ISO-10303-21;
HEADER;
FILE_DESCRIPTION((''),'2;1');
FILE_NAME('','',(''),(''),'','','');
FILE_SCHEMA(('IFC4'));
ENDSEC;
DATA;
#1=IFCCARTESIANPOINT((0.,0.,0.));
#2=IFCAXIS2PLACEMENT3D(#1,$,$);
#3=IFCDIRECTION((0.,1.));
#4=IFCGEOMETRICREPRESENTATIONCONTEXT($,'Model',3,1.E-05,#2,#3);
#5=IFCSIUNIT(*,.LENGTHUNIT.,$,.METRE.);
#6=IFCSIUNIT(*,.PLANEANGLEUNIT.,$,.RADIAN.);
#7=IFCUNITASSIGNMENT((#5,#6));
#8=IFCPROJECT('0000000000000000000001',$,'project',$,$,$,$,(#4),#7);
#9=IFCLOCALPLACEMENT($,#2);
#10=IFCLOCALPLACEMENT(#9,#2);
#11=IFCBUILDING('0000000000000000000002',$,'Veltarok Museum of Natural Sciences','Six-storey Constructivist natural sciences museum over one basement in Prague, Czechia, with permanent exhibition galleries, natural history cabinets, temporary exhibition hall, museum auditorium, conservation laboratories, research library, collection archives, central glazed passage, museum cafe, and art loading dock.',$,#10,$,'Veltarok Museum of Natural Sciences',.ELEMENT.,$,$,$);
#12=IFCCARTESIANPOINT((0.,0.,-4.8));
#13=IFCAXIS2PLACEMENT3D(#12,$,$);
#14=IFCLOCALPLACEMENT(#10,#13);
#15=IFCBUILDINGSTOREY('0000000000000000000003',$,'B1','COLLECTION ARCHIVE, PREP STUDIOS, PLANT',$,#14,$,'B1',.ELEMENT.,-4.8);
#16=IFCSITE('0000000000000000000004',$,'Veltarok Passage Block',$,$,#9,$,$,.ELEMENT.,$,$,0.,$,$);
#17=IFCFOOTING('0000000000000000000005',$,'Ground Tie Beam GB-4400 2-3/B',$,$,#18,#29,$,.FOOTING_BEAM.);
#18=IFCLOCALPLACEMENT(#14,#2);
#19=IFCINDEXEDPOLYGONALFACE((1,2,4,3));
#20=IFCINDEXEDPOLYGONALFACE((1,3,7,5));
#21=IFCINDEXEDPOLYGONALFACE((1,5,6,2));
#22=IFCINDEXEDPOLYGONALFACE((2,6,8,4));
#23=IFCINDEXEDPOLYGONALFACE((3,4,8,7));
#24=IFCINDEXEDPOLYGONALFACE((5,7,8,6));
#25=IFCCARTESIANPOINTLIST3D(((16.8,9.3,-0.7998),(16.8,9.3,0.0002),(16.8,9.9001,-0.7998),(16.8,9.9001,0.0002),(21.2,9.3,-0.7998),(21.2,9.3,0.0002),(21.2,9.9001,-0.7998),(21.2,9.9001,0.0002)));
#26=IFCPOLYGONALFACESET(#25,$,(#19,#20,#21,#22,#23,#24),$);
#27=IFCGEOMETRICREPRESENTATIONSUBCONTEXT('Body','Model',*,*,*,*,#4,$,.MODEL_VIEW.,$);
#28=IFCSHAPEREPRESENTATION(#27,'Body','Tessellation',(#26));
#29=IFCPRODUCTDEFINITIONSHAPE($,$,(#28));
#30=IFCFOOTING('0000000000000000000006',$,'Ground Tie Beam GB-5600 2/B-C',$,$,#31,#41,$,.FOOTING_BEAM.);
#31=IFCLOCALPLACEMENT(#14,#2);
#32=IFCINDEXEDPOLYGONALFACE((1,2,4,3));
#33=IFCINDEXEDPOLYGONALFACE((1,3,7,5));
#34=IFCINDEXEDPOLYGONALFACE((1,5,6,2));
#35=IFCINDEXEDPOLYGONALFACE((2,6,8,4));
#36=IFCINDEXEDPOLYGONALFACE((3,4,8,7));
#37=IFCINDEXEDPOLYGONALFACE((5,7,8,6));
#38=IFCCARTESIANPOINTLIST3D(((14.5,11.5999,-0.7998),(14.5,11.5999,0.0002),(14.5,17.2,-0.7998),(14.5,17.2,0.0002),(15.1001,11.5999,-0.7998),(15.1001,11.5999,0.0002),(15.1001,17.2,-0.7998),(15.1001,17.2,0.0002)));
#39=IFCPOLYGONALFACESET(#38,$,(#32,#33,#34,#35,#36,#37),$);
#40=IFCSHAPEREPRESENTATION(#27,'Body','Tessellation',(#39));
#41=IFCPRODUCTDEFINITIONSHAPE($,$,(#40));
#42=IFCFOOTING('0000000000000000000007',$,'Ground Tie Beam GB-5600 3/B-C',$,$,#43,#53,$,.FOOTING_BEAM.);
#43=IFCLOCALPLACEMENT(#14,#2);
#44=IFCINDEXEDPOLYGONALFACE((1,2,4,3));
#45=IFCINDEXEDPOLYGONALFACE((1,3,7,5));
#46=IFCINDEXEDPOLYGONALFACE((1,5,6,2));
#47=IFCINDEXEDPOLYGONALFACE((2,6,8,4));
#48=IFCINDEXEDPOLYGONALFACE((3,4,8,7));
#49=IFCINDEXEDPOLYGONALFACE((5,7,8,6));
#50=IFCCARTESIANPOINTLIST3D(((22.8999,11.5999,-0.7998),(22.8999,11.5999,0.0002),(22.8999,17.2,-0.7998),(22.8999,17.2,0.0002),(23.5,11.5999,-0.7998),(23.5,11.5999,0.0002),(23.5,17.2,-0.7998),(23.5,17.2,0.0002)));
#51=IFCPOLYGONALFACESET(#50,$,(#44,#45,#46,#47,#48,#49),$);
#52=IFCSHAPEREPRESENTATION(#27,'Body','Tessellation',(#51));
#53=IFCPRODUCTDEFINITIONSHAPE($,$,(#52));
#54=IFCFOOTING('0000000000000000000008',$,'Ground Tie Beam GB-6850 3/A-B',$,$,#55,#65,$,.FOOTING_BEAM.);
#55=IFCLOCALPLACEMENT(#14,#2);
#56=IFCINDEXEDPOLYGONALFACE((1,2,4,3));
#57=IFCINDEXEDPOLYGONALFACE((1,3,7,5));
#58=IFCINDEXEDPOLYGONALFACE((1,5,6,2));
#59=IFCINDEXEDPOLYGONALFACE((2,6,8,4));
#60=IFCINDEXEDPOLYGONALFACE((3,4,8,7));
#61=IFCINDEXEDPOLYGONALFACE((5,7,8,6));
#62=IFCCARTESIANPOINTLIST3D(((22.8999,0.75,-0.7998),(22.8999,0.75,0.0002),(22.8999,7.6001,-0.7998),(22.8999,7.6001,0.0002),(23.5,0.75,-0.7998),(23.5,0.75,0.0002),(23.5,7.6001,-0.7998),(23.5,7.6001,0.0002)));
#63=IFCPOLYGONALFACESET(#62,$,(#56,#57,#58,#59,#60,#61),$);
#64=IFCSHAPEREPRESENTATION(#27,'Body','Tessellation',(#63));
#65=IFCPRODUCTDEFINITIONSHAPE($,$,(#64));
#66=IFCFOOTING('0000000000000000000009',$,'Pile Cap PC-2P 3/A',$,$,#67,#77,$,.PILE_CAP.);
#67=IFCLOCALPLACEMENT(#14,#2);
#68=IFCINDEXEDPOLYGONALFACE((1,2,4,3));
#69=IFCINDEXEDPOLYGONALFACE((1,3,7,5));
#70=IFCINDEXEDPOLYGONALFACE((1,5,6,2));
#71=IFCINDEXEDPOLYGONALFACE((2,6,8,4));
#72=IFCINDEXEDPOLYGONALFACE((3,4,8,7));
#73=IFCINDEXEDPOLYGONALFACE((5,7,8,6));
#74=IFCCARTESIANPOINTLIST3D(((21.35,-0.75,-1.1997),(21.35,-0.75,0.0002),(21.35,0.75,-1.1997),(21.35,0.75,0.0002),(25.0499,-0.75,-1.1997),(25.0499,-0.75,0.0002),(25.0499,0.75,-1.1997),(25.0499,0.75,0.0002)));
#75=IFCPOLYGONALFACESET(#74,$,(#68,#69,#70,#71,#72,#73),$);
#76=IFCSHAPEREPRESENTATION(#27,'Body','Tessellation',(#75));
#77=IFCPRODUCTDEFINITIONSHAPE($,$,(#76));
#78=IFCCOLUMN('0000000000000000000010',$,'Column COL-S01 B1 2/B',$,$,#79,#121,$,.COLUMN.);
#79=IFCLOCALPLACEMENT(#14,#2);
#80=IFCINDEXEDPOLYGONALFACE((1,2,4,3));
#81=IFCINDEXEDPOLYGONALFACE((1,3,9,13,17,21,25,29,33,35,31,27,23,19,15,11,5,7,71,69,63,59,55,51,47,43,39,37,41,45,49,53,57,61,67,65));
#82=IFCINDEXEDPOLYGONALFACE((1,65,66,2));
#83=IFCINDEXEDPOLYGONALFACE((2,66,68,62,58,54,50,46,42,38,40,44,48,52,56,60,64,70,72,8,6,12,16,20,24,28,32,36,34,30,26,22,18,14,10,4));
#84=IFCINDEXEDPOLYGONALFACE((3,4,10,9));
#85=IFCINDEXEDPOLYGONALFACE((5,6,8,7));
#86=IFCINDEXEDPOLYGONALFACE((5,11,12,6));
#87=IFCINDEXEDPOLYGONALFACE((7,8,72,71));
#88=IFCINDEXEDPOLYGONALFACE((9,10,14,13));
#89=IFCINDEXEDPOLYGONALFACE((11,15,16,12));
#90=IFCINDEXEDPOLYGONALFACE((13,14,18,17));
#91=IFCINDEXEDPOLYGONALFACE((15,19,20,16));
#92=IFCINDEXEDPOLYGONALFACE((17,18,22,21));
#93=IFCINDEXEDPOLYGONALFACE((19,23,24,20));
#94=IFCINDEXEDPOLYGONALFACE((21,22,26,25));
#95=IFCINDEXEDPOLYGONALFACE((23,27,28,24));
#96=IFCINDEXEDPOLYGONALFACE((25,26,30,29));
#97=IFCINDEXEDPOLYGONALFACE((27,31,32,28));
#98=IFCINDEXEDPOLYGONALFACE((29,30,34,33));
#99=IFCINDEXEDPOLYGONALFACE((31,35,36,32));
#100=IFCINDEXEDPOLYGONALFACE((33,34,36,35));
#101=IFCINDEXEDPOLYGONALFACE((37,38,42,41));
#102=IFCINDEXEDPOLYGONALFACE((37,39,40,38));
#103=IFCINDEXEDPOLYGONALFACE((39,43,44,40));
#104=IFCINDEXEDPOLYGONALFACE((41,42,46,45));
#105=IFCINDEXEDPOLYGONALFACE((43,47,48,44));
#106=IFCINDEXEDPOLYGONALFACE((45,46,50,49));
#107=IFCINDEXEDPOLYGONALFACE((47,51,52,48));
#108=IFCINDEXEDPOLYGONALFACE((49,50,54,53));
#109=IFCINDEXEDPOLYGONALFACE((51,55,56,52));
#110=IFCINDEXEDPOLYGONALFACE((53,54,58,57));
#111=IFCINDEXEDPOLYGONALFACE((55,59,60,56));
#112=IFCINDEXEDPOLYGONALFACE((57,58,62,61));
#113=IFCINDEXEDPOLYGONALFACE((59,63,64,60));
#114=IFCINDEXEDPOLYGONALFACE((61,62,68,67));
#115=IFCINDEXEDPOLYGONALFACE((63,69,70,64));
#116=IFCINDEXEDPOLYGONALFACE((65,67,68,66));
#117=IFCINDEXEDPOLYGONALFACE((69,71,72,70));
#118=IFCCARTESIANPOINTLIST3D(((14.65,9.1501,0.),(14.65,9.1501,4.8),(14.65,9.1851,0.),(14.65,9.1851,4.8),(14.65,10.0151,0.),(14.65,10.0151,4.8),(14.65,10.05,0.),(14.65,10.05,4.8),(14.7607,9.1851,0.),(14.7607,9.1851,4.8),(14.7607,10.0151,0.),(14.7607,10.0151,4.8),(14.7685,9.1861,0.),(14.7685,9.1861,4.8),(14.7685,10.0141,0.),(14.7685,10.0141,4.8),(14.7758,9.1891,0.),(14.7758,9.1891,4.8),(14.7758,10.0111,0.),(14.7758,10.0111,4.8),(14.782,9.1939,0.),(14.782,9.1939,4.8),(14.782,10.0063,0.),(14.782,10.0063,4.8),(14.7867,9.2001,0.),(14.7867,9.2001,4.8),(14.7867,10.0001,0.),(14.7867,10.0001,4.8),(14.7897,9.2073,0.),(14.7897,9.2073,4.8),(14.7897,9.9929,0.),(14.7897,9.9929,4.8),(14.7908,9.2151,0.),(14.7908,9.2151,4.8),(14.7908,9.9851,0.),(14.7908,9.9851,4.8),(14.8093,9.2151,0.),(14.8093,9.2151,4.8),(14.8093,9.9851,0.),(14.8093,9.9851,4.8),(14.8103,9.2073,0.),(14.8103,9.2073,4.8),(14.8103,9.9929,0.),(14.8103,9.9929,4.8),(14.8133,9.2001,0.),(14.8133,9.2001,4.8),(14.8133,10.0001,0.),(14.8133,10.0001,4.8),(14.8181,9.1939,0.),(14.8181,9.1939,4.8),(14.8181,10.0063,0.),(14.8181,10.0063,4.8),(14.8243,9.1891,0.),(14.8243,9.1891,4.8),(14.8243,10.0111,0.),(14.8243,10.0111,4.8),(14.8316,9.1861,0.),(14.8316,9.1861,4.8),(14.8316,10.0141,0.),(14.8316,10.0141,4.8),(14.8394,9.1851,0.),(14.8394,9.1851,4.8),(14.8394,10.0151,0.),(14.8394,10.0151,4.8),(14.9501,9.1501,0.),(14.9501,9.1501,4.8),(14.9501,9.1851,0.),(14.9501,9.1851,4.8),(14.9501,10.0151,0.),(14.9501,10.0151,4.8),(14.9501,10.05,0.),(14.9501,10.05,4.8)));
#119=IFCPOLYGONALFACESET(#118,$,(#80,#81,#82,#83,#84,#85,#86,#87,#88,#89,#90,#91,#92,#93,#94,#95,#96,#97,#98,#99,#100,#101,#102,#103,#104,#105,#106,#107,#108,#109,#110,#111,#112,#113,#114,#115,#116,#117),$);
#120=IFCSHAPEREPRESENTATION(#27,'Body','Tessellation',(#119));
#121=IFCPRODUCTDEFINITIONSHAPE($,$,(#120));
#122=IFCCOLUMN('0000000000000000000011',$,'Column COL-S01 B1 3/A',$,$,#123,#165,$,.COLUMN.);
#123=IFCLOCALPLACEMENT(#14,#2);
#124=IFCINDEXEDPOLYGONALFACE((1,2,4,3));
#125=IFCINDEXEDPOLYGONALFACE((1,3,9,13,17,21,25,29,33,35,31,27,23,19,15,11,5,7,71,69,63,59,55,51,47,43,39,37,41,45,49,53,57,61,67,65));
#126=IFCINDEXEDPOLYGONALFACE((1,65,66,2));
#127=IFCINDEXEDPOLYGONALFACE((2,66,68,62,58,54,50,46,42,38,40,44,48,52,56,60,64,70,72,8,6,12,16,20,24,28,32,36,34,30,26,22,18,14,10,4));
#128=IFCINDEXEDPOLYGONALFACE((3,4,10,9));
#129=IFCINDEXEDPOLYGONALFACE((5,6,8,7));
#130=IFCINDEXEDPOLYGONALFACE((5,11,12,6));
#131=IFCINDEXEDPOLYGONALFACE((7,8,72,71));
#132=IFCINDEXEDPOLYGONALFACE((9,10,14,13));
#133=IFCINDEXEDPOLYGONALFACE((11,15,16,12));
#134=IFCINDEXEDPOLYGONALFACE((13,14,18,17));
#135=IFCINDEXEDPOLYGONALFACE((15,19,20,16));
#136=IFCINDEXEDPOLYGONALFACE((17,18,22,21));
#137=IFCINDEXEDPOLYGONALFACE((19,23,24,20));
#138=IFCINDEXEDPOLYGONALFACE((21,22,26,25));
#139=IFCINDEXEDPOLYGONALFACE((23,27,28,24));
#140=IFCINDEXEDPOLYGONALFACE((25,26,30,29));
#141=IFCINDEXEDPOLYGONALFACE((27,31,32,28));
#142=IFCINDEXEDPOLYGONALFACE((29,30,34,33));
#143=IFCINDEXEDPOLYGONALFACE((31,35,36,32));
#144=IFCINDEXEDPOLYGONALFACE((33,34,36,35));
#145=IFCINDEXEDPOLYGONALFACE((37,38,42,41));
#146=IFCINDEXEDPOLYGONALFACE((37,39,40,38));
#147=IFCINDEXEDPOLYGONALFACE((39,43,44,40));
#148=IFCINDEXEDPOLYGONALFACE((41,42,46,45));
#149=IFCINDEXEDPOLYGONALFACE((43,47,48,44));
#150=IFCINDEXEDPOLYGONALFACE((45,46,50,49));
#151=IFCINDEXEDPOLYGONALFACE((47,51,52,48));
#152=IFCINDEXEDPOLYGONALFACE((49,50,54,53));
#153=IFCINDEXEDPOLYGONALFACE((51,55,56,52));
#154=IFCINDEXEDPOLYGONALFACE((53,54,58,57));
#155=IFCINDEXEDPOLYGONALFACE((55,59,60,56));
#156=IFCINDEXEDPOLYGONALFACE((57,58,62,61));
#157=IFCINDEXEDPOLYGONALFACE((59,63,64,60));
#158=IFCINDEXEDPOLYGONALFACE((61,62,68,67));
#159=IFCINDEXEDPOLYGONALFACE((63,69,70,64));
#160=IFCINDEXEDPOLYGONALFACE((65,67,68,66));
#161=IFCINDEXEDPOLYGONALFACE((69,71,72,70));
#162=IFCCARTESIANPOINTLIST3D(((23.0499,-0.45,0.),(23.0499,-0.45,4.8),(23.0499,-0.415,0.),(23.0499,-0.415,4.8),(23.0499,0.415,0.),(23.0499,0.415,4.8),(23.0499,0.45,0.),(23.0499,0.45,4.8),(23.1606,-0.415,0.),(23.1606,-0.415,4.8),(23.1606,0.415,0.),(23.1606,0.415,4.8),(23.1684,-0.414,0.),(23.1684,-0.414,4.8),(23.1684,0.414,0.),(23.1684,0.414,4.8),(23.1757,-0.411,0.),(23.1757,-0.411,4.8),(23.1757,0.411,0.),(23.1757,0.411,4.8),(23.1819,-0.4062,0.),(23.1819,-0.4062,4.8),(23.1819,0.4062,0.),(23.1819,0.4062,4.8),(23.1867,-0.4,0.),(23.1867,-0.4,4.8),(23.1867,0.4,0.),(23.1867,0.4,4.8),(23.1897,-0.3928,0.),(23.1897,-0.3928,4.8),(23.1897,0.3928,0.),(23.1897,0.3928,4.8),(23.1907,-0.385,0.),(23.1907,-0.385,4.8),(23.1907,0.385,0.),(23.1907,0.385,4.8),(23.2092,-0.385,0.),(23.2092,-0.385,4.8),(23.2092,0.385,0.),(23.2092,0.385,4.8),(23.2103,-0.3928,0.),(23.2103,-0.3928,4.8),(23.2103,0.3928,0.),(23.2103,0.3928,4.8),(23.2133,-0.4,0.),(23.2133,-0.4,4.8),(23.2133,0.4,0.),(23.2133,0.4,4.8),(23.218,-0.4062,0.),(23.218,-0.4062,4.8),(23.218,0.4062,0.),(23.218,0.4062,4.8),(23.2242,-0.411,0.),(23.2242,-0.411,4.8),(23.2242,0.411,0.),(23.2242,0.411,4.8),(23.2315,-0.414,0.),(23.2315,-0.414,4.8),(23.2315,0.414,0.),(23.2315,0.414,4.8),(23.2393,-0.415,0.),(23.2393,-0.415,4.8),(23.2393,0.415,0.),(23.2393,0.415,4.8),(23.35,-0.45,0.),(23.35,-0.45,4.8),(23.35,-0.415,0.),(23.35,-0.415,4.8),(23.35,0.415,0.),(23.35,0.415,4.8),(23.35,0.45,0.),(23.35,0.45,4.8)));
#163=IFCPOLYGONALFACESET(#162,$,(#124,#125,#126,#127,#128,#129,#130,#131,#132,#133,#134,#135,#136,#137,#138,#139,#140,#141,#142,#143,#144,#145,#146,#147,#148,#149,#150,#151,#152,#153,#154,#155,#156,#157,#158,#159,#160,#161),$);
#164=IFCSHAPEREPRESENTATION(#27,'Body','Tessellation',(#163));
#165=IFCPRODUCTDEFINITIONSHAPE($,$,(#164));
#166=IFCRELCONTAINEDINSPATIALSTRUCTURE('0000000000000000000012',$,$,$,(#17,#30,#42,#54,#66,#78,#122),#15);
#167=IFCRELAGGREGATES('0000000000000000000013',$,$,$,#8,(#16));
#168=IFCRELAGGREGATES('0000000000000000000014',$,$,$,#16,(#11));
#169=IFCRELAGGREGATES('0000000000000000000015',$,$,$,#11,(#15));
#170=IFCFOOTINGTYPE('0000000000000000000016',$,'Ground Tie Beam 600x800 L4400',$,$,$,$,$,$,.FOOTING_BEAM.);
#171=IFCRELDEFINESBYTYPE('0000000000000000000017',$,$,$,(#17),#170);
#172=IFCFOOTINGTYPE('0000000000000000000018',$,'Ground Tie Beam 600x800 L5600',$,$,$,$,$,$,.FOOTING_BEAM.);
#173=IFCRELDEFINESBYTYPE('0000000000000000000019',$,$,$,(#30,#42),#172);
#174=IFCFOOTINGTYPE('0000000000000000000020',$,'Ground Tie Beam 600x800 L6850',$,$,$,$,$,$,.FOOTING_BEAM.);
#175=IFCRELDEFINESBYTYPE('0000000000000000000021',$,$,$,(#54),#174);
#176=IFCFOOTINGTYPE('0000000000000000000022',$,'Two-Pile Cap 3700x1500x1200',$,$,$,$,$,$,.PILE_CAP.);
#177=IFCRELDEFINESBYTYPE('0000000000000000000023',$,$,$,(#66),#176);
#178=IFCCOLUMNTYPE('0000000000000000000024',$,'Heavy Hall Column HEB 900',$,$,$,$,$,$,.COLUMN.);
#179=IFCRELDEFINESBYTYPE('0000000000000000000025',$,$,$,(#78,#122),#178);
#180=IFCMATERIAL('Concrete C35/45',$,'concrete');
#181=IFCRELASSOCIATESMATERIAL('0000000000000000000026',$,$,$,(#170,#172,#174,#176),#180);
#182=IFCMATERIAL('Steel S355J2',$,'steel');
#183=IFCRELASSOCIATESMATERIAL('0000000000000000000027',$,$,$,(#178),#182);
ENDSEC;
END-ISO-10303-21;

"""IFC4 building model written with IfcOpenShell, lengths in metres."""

from ifc_helpers import new_model, si_unit, direction, frame, origin, origin_2d, place, context, subcontext, project, spatial, rectangle, i_section, extrude, material, material_profile, profile_set, type_object, element, save


model = new_model("IFC4")

# Units and contexts
model_context = context("Model", 3, precision=1e-05, world=origin(), true_north=direction((0.0, 1.0)))
body_context = subcontext(model_context, "Body", "Model", "MODEL_VIEW")
ifc_project = project(units=[si_unit("LENGTHUNIT", "METRE"), si_unit("PLANEANGLEUNIT", "RADIAN")], contexts=[model_context])

# Site, building, storey
site_placement = place(None, origin())
site = spatial("IfcSite", under=ifc_project, at=site_placement, Name="Veltarok Passage Block", CompositionType="ELEMENT", RefElevation=0.0)
building_placement = place(site_placement, origin())
building = spatial("IfcBuilding", under=site, at=building_placement, Name="Veltarok Museum of Natural Sciences", Description="Six-storey Constructivist natural sciences museum over one basement in Prague, Czechia, with permanent exhibition galleries, natural history cabinets, temporary exhibition hall, museum auditorium, conservation laboratories, research library, collection archives, central glazed passage, museum cafe, and art loading dock.", LongName="Veltarok Museum of Natural Sciences", CompositionType="ELEMENT")
storey_placement = place(building_placement, frame((0.0, 0.0, -4.8)))
storey = spatial("IfcBuildingStorey", under=building, at=storey_placement, Name="B1", Description="COLLECTION ARCHIVE, PREP STUDIOS, PLANT", LongName="B1", CompositionType="ELEMENT", Elevation=-4.8)

# Shared definitions
ifc_material_1 = material(Name="Concrete C35/45", Category="concrete")

# Footings
footing_type_1 = type_object("IfcFootingType", Name="Ground Tie Beam 600x800 L4400", PredefinedType="FOOTING_BEAM", material=ifc_material_1)
footing_1_placement = place(storey_placement, frame((19.0, 9.6001, -0.7998), z_axis=(0.0, 0.0, 1.0), x_axis=(1.0, 0.0, 0.0)))
element("IfcFooting", 1, at=footing_1_placement, inside=storey, type_object=footing_type_1, Name="Ground Tie Beam GB-4400 2-3/B", PredefinedType="FOOTING_BEAM", context=body_context, shape_type="SweptSolid", body=[
    extrude(rectangle(XDim=4.3999, YDim=0.6001, at=origin_2d()), origin(), (0.0, 0.0, 1.0), 0.8),
])
footing_type_2 = type_object("IfcFootingType", Name="Ground Tie Beam 600x800 L5600", PredefinedType="FOOTING_BEAM", material=ifc_material_1)
for number, where, z_axis, x_axis, name in (
    (2, (14.8, 14.3999, -0.7998), (0.0, 0.0, 1.0), (0.0, 1.0, 0.0), "Ground Tie Beam GB-5600 2/B-C"),
    (3, (23.2, 14.3999, -0.7998), (0.0, 0.0, 1.0), (0.0, 1.0, 0.0), "Ground Tie Beam GB-5600 3/B-C"),
):
    element("IfcFooting", number, at=place(storey_placement, frame(where, z_axis=z_axis, x_axis=x_axis)), inside=storey, type_object=footing_type_2, Name=name, PredefinedType="FOOTING_BEAM", context=body_context, shape_type="SweptSolid", body=[
        extrude(rectangle(XDim=5.6001, YDim=0.6001, at=origin_2d()), origin(), (0.0, 0.0, 1.0), 0.8),
    ])
footing_type_3 = type_object("IfcFootingType", Name="Ground Tie Beam 600x800 L6850", PredefinedType="FOOTING_BEAM", material=ifc_material_1)
footing_2_placement = place(storey_placement, frame((23.2, 4.175, -0.7998), z_axis=(0.0, 0.0, 1.0), x_axis=(0.0, 1.0, 0.0)))
element("IfcFooting", 4, at=footing_2_placement, inside=storey, type_object=footing_type_3, Name="Ground Tie Beam GB-6850 3/A-B", PredefinedType="FOOTING_BEAM", context=body_context, shape_type="SweptSolid", body=[
    extrude(rectangle(XDim=6.8501, YDim=0.6001, at=origin_2d()), origin(), (0.0, 0.0, 1.0), 0.8),
])
footing_type_4 = type_object("IfcFootingType", Name="Two-Pile Cap 3700x1500x1200", PredefinedType="PILE_CAP", material=ifc_material_1)
footing_3_placement = place(storey_placement, frame((23.2, 0.0, -1.1997), z_axis=(0.0, 0.0, 1.0), x_axis=(1.0, 0.0, 0.0)))
element("IfcFooting", 5, at=footing_3_placement, inside=storey, type_object=footing_type_4, Name="Pile Cap PC-2P 3/A", PredefinedType="PILE_CAP", context=body_context, shape_type="SweptSolid", body=[
    extrude(rectangle(XDim=3.7, YDim=1.5, at=origin_2d()), origin(), (0.0, 0.0, 1.0), 1.2),
])

# Columns
ifc_material_2 = material(Name="Steel S355J2", Category="steel")
ifc_material_profile_1 = material_profile(ifc_material_2, i_section(OverallWidth=0.3, OverallDepth=0.8999, WebThickness=0.0186, FlangeThickness=0.0349, FilletRadius=0.03, at=origin_2d()), Name="HEB 900")
ifc_profile_set_1 = profile_set([ifc_material_profile_1], Name="Steel S355J2")
column_type_1 = type_object("IfcColumnType", Name="Heavy Hall Column HEB 900", PredefinedType="COLUMN", material=ifc_profile_set_1)
for number, where, z_axis, x_axis, name in (
    (6, (14.8, 9.6001, 0.0), (0.0, 0.0, 1.0), (1.0, 0.0, 0.0), "Column COL-S01 B1 2/B"),
    (7, (23.2, 0.0, 0.0), (0.0, 0.0, 1.0), (1.0, 0.0, 0.0), "Column COL-S01 B1 3/A"),
):
    element("IfcColumn", number, at=place(storey_placement, frame(where, z_axis=z_axis, x_axis=x_axis)), inside=storey, type_object=column_type_1, Name=name, PredefinedType="COLUMN", context=body_context, shape_type="SweptSolid", body=[
        extrude(i_section(OverallWidth=0.3, OverallDepth=0.8999, WebThickness=0.0186, FlangeThickness=0.0349, FilletRadius=0.03, at=origin_2d()), origin(), (0.0, 0.0, 1.0), 4.8),
    ])

save(model, "model.ifc")
